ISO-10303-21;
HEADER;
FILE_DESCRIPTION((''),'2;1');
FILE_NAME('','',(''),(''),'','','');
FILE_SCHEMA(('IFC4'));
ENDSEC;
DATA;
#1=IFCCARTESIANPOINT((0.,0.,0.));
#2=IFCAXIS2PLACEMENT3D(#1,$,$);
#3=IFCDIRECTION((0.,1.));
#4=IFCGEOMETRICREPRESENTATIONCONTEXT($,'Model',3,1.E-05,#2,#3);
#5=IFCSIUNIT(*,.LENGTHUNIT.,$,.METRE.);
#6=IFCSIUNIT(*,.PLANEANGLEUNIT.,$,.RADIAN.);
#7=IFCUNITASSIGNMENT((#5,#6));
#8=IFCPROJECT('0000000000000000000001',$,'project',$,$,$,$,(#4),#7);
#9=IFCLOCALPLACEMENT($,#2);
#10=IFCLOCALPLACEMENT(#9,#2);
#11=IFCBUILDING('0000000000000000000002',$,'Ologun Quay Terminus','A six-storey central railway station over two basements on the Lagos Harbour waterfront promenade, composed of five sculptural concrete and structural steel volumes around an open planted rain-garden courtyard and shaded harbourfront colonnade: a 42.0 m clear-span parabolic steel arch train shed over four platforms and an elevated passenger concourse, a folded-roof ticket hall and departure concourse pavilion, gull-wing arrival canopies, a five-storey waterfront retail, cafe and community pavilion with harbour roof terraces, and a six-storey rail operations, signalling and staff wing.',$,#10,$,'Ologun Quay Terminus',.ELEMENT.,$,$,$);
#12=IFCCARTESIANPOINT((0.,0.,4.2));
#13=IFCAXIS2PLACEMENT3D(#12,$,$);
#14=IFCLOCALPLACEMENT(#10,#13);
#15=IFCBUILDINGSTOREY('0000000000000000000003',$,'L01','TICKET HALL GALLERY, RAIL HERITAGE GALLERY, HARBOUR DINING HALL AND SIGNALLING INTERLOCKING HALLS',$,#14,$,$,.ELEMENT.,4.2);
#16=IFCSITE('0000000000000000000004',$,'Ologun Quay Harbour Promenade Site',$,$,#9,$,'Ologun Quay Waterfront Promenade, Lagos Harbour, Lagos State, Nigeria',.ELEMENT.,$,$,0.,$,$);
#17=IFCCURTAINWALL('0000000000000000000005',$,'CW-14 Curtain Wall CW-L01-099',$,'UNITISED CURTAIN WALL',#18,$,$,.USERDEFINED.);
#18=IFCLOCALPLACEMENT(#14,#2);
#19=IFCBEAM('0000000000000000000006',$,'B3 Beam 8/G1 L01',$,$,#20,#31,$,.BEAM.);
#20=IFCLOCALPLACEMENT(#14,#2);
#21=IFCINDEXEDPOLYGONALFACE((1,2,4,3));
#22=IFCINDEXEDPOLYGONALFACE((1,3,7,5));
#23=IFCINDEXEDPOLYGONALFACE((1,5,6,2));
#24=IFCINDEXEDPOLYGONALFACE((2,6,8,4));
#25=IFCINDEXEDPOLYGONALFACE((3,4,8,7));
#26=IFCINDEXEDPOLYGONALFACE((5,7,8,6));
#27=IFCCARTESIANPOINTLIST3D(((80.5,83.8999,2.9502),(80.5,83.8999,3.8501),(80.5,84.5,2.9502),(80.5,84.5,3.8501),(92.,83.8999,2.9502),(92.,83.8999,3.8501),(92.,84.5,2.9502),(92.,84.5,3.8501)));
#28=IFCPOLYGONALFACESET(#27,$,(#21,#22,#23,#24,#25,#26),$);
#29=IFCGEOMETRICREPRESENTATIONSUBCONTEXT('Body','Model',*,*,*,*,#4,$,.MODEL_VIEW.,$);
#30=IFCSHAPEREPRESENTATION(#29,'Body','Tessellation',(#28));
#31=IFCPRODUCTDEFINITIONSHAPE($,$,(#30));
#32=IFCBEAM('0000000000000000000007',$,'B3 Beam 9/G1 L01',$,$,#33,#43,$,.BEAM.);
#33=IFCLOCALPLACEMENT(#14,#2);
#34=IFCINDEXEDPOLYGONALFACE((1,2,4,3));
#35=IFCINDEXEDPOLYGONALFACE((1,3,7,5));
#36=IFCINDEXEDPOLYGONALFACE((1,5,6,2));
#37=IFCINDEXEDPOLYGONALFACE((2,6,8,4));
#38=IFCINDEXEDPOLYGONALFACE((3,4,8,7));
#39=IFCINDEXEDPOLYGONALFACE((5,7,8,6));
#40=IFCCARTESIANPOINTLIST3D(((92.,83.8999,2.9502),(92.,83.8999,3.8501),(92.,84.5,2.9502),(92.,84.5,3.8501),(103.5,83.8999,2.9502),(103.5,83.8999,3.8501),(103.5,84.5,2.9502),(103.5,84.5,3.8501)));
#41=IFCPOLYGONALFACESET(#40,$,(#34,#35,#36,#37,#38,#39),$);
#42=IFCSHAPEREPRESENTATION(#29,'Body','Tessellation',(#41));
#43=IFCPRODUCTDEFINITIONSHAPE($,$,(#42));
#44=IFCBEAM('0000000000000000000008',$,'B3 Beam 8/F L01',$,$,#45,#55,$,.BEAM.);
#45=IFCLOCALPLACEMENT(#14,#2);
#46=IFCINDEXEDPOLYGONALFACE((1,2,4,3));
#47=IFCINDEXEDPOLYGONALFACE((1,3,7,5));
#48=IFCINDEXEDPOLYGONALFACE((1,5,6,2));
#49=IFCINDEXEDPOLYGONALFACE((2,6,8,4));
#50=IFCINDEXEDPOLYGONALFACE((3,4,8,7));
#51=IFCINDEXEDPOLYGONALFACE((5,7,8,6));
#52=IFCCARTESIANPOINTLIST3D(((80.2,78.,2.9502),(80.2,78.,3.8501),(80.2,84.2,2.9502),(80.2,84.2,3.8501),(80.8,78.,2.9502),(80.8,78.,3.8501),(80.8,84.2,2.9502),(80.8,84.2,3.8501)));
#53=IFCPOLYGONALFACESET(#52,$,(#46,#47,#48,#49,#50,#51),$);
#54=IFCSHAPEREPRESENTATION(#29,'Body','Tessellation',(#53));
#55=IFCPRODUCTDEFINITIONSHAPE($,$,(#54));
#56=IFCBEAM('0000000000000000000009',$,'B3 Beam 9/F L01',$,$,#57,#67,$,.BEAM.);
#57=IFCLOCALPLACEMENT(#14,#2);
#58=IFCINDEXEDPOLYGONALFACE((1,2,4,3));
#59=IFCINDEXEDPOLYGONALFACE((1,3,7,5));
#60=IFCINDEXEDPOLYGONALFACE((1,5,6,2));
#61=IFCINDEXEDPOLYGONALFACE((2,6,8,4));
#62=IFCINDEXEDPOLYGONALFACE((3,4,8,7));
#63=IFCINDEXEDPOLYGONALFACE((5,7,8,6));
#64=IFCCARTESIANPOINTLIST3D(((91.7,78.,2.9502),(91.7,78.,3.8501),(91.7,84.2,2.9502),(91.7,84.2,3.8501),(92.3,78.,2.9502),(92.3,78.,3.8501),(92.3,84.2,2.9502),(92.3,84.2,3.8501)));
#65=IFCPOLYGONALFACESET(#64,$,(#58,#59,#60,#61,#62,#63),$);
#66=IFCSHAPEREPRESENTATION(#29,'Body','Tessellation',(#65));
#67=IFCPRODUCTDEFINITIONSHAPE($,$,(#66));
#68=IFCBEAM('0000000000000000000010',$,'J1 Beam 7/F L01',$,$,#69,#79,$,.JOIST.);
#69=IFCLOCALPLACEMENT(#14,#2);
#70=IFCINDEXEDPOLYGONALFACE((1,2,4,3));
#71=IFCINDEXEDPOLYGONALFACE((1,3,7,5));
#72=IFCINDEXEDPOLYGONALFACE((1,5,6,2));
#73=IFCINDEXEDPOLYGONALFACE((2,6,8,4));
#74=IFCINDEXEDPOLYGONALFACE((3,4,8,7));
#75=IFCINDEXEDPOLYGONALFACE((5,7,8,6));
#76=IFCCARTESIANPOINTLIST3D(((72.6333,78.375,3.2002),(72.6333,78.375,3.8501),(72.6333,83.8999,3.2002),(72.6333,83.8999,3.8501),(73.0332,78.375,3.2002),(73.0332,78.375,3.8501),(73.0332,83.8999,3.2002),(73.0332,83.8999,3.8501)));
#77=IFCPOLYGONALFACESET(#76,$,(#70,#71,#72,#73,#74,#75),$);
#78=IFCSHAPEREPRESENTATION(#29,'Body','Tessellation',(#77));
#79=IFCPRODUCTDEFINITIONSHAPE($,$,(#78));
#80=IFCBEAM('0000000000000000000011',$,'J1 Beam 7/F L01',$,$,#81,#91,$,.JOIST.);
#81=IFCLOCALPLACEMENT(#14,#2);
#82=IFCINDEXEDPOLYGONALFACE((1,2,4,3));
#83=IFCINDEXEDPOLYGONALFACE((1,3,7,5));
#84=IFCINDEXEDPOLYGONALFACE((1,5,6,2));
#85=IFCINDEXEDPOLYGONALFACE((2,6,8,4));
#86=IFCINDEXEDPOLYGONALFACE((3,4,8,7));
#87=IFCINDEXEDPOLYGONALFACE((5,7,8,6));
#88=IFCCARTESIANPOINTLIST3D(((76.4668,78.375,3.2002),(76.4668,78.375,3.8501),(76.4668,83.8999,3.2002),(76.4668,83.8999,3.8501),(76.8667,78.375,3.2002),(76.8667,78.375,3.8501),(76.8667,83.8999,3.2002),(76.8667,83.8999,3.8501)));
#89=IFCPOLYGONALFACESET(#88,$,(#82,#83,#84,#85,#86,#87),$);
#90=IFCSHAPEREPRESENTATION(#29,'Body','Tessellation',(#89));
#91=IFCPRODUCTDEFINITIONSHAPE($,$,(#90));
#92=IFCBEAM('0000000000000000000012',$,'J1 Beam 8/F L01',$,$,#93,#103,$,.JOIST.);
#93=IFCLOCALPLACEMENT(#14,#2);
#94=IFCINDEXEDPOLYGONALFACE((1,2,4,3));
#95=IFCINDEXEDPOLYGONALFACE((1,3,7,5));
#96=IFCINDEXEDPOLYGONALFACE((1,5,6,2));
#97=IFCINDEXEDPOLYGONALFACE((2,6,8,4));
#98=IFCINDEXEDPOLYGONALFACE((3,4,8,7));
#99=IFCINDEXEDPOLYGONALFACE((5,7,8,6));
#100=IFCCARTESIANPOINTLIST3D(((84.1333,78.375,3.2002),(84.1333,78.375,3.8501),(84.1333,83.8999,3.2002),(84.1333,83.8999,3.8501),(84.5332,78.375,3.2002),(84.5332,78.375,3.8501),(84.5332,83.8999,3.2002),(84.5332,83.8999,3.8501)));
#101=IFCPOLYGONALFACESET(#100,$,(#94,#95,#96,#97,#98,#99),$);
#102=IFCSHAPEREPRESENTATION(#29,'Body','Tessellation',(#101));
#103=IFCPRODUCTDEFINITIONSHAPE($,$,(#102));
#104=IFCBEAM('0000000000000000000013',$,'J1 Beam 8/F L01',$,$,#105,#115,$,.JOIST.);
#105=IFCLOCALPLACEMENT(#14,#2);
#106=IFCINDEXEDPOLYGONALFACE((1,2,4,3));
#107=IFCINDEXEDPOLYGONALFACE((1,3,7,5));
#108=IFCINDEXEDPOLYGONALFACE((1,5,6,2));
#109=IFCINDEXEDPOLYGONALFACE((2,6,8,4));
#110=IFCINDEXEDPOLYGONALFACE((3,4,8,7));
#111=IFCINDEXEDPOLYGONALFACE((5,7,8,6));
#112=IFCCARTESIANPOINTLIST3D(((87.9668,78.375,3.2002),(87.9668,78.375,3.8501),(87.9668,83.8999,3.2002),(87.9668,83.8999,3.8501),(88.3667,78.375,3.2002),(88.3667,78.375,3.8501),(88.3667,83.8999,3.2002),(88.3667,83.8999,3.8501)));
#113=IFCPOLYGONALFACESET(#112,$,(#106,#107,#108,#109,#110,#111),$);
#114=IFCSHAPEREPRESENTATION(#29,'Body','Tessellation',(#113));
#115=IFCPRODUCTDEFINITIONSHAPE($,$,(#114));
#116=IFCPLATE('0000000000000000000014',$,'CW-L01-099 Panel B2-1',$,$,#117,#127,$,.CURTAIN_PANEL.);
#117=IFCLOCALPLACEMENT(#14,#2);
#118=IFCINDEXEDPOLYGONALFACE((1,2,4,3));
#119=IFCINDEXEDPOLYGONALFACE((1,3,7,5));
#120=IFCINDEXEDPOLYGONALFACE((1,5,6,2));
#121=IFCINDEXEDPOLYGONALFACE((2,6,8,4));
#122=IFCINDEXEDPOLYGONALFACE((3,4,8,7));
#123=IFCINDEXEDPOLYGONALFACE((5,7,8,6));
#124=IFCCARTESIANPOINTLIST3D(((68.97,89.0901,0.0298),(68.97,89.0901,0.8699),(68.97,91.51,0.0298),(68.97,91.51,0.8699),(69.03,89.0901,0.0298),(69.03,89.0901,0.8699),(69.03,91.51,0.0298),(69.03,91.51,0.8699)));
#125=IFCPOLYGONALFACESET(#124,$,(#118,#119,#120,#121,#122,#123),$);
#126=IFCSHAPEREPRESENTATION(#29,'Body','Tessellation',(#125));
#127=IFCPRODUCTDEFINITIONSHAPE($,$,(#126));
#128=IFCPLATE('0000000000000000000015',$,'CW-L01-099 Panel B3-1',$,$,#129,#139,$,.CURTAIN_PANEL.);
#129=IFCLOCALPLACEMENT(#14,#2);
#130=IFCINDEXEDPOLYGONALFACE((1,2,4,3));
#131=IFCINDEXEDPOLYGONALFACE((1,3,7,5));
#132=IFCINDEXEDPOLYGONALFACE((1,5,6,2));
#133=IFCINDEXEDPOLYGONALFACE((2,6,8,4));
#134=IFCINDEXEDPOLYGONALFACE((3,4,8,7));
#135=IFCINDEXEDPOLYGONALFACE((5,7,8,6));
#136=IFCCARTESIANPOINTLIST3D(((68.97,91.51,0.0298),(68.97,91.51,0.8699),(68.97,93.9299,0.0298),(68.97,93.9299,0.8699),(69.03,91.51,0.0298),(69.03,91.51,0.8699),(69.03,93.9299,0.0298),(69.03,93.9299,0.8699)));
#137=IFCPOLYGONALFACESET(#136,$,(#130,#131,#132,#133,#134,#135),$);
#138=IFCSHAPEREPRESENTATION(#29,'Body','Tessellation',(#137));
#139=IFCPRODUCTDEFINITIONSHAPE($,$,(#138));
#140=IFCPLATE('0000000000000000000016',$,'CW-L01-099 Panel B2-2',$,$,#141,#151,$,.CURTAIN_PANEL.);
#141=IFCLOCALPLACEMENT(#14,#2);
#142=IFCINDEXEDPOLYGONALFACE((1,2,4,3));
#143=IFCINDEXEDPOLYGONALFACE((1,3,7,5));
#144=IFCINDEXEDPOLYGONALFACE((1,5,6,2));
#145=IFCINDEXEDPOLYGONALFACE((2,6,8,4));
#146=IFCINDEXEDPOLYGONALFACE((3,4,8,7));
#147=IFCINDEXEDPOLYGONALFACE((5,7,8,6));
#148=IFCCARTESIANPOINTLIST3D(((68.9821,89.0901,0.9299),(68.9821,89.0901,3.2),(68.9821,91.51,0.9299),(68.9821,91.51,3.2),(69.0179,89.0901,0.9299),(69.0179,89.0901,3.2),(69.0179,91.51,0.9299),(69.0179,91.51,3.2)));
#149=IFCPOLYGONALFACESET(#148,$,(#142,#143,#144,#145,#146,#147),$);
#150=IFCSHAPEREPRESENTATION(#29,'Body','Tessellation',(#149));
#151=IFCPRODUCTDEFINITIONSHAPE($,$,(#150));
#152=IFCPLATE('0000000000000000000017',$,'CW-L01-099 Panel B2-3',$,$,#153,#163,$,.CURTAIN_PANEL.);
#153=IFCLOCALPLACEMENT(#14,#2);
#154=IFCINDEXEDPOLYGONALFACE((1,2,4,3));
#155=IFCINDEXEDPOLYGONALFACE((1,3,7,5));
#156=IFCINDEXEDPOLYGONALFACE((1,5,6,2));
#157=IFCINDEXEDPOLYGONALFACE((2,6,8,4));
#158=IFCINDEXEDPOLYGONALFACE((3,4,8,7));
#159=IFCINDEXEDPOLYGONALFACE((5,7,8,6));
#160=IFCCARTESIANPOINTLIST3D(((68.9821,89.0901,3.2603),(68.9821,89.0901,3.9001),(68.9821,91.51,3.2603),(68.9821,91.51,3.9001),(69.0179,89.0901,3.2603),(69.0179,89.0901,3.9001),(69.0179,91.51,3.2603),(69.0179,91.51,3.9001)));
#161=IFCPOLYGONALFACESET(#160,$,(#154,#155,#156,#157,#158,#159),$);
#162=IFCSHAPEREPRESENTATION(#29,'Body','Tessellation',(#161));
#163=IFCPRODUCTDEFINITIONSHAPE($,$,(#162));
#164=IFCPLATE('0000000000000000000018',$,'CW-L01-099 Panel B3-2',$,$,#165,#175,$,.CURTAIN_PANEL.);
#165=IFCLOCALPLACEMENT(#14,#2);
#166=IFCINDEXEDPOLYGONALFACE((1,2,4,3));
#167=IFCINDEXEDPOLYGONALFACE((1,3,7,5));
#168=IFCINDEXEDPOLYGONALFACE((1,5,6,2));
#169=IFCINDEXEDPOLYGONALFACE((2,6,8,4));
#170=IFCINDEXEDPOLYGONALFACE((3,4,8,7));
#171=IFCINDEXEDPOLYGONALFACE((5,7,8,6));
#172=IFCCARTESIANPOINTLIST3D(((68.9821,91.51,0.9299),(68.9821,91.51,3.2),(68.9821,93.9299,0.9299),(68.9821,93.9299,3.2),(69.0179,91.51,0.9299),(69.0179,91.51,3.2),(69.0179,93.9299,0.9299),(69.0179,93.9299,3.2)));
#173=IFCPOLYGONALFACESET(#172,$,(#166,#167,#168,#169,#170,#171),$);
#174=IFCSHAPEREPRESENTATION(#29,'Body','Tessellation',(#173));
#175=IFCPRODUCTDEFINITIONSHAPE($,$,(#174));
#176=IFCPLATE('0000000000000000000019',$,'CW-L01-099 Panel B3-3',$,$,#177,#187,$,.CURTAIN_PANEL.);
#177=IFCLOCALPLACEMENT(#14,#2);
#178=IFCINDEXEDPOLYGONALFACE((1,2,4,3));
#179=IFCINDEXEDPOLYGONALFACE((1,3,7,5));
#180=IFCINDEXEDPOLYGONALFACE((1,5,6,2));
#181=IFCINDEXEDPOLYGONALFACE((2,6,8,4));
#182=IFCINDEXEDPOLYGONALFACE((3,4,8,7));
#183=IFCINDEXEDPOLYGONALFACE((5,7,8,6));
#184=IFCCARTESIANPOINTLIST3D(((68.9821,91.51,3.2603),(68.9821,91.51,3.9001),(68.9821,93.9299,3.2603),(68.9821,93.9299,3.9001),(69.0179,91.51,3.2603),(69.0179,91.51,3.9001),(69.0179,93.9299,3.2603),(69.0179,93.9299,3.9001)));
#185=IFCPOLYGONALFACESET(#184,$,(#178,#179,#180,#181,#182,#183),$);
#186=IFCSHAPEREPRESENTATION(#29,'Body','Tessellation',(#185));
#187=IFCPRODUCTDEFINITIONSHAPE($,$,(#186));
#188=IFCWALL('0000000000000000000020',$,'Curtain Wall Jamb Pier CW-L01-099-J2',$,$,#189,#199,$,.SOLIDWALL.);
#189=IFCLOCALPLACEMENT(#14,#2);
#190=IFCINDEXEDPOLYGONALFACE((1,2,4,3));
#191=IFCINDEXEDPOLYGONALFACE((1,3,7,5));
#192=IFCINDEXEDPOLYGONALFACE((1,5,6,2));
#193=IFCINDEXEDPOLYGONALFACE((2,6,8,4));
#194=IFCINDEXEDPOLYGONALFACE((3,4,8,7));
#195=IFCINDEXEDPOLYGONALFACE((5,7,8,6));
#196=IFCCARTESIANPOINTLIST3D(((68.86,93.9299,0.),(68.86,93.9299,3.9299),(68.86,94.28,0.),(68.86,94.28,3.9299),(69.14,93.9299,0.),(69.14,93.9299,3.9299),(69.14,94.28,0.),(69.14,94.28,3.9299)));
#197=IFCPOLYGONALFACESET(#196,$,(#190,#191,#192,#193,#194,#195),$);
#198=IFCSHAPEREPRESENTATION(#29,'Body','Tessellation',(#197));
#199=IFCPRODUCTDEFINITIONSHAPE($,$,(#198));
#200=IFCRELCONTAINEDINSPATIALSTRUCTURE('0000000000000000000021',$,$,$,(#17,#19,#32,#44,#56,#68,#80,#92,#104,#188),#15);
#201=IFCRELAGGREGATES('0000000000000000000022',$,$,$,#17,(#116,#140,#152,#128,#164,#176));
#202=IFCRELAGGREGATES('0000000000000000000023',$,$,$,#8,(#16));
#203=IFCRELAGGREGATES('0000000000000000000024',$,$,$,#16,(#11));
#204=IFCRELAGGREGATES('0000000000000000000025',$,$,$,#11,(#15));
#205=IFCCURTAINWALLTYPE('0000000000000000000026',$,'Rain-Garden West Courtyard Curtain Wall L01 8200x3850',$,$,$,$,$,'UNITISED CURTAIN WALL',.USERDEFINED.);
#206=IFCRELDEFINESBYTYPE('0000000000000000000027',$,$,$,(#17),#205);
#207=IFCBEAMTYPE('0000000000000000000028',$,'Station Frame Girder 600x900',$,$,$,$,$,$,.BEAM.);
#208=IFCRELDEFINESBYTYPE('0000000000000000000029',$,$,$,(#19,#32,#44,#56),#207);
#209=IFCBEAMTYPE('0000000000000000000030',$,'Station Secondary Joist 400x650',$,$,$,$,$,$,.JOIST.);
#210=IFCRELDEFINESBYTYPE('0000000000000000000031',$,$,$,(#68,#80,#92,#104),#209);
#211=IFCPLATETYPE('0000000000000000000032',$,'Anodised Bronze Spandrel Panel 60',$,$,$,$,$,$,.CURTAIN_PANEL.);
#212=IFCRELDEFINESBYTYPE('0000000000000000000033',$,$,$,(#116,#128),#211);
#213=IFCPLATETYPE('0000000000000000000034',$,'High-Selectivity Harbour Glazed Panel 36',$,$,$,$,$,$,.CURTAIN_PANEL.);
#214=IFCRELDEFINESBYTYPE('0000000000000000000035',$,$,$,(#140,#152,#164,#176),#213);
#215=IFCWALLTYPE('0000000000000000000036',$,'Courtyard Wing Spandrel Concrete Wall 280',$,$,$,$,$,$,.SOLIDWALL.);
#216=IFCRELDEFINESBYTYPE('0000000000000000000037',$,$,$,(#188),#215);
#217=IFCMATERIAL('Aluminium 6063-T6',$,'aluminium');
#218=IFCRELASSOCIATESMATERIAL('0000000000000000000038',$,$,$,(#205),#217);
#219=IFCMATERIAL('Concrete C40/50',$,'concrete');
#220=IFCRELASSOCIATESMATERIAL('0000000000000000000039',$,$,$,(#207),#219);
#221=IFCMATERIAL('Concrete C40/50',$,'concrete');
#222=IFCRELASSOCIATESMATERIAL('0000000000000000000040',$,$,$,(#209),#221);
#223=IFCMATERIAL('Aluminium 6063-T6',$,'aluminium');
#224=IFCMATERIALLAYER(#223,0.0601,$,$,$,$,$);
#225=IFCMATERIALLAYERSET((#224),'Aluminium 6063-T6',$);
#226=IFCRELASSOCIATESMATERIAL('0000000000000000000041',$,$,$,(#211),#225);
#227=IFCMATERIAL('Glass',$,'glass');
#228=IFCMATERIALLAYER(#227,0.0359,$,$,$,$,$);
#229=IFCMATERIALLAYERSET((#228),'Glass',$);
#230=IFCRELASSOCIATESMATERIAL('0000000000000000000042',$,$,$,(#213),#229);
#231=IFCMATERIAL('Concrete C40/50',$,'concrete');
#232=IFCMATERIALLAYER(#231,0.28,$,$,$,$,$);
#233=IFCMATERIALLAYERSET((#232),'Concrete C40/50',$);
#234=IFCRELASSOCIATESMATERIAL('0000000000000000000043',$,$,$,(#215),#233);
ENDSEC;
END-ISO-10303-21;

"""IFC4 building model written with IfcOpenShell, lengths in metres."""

from ifc_helpers import new_model, si_unit, direction, frame, frame_2d, origin, origin_2d, place, context, subcontext, project, spatial, rectangle, extrude, material, layer, layer_set, material_profile, profile_set, type_object, element, aggregate, save


model = new_model("IFC4")

# Units and contexts
model_context = context("Model", 3, precision=1e-05, world=origin(), true_north=direction((0.0, 1.0)))
body_context = subcontext(model_context, "Body", "Model", "MODEL_VIEW")
ifc_project = project(units=[si_unit("LENGTHUNIT", "METRE"), si_unit("PLANEANGLEUNIT", "RADIAN")], contexts=[model_context])

# Site, building, storey
site_placement = place(None, origin())
site = spatial("IfcSite", under=ifc_project, at=site_placement, Name="Ologun Quay Harbour Promenade Site", LongName="Ologun Quay Waterfront Promenade, Lagos Harbour, Lagos State, Nigeria", CompositionType="ELEMENT", RefElevation=0.0)
building_placement = place(site_placement, origin())
building = spatial("IfcBuilding", under=site, at=building_placement, Name="Ologun Quay Terminus", Description="A six-storey central railway station over two basements on the Lagos Harbour waterfront promenade, composed of five sculptural concrete and structural steel volumes around an open planted rain-garden courtyard and shaded harbourfront colonnade: a 42.0 m clear-span parabolic steel arch train shed over four platforms and an elevated passenger concourse, a folded-roof ticket hall and departure concourse pavilion, gull-wing arrival canopies, a five-storey waterfront retail, cafe and community pavilion with harbour roof terraces, and a six-storey rail operations, signalling and staff wing.", LongName="Ologun Quay Terminus", CompositionType="ELEMENT")
storey_placement = place(building_placement, frame((0.0, 0.0, 4.2)))
storey = spatial("IfcBuildingStorey", under=building, at=storey_placement, Name="L01", Description="TICKET HALL GALLERY, RAIL HERITAGE GALLERY, HARBOUR DINING HALL AND SIGNALLING INTERLOCKING HALLS", CompositionType="ELEMENT", Elevation=4.2)

# Curtain wall
ifc_material_1 = material(Name="Aluminium 6063-T6", Category="aluminium")
curtain_wall_type = type_object("IfcCurtainWallType", Name="Rain-Garden West Courtyard Curtain Wall L01 8200x3850", ElementType="UNITISED CURTAIN WALL", PredefinedType="USERDEFINED", material=ifc_material_1)
curtain_wall_placement = place(storey_placement, origin())
curtain_wall = element("IfcCurtainWall", 1, at=curtain_wall_placement, inside=storey, type_object=curtain_wall_type, Name="CW-14 Curtain Wall CW-L01-099", ObjectType="UNITISED CURTAIN WALL", PredefinedType="USERDEFINED")

# Beams
ifc_material_2 = material(Name="Concrete C40/50", Category="concrete")
ifc_material_profile_1 = material_profile(ifc_material_2, rectangle(XDim=0.6001, YDim=0.8999, at=origin_2d()), Name="RC 600x900")
ifc_profile_set_1 = profile_set([ifc_material_profile_1], Name="Concrete C40/50")
beam_type_1 = type_object("IfcBeamType", Name="Station Frame Girder 600x900", PredefinedType="BEAM", material=ifc_profile_set_1)
for number, where, z_axis, x_axis, name in (
    (2, (80.5, 84.2, 3.4001), (1.0, 0.0, 0.0), (0.0, 1.0, 0.0), "B3 Beam 8/G1 L01"),
    (3, (92.0, 84.2, 3.4001), (1.0, 0.0, 0.0), (0.0, 1.0, 0.0), "B3 Beam 9/G1 L01"),
):
    element("IfcBeam", number, at=place(storey_placement, frame(where, z_axis=z_axis, x_axis=x_axis)), inside=storey, type_object=beam_type_1, Name=name, PredefinedType="BEAM", context=body_context, shape_type="SweptSolid", body=[
        extrude(rectangle(XDim=0.6001, YDim=0.8999, at=origin_2d()), origin(), (0.0, 0.0, 1.0), 11.5),
    ])
for number, where, z_axis, x_axis, name in (
    (4, (80.5, 78.0, 3.4001), (0.0, 1.0, 0.0), (-1.0, 0.0, 0.0), "B3 Beam 8/F L01"),
    (5, (92.0, 78.0, 3.4001), (0.0, 1.0, 0.0), (-1.0, 0.0, 0.0), "B3 Beam 9/F L01"),
):
    element("IfcBeam", number, at=place(storey_placement, frame(where, z_axis=z_axis, x_axis=x_axis)), inside=storey, type_object=beam_type_1, Name=name, PredefinedType="BEAM", context=body_context, shape_type="SweptSolid", body=[
        extrude(rectangle(XDim=0.6001, YDim=0.8999, at=origin_2d()), origin(), (0.0, 0.0, 1.0), 6.2),
    ])
ifc_material_3 = material(Name="Concrete C40/50", Category="concrete")
ifc_material_profile_2 = material_profile(ifc_material_3, rectangle(XDim=0.3999, YDim=0.6499, at=origin_2d()), Name="RC 400x650")
ifc_profile_set_2 = profile_set([ifc_material_profile_2], Name="Concrete C40/50")
beam_type_2 = type_object("IfcBeamType", Name="Station Secondary Joist 400x650", PredefinedType="JOIST", material=ifc_profile_set_2)
for number, where, z_axis, x_axis, name in (
    (6, (72.8333, 78.375, 3.5251), (0.0, 1.0, 0.0), (-1.0, 0.0, 0.0), "J1 Beam 7/F L01"),
    (7, (76.6667, 78.375, 3.5251), (0.0, 1.0, 0.0), (-1.0, 0.0, 0.0), "J1 Beam 7/F L01"),
    (8, (84.3333, 78.375, 3.5251), (0.0, 1.0, 0.0), (-1.0, 0.0, 0.0), "J1 Beam 8/F L01"),
    (9, (88.1667, 78.375, 3.5251), (0.0, 1.0, 0.0), (-1.0, 0.0, 0.0), "J1 Beam 8/F L01"),
):
    element("IfcBeam", number, at=place(storey_placement, frame(where, z_axis=z_axis, x_axis=x_axis)), inside=storey, type_object=beam_type_2, Name=name, PredefinedType="JOIST", context=body_context, shape_type="SweptSolid", body=[
        extrude(rectangle(XDim=0.3999, YDim=0.6499, at=origin_2d()), origin(), (0.0, 0.0, 1.0), 5.5249),
    ])

# Plates
ifc_material_4 = material(Name="Aluminium 6063-T6", Category="aluminium")
ifc_layer_1 = layer(ifc_material_4, 0.0601)
ifc_layer_set_1 = layer_set([ifc_layer_1], Name="Aluminium 6063-T6")
plate_type_1 = type_object("IfcPlateType", Name="Anodised Bronze Spandrel Panel 60", PredefinedType="CURTAIN_PANEL", material=ifc_layer_set_1)
plate_1_placement = place(storey_placement, frame((69.0, 90.3, 0.0298), z_axis=(0.0, 0.0, 1.0), x_axis=(0.0, 1.0, 0.0)))
plate_1 = element("IfcPlate", 10, at=plate_1_placement, type_object=plate_type_1, Name="CW-L01-099 Panel B2-1", PredefinedType="CURTAIN_PANEL", context=body_context, shape_type="SweptSolid", body=[
    extrude(rectangle(XDim=2.4199, YDim=0.0601, at=origin_2d()), origin(), (0.0, 0.0, 1.0), 0.8401),
])
plate_2_placement = place(storey_placement, frame((69.0, 92.72, 0.0298), z_axis=(0.0, 0.0, 1.0), x_axis=(0.0, 1.0, 0.0)))
plate_2 = element("IfcPlate", 11, at=plate_2_placement, type_object=plate_type_1, Name="CW-L01-099 Panel B3-1", PredefinedType="CURTAIN_PANEL", context=body_context, shape_type="SweptSolid", body=[
    extrude(rectangle(XDim=2.4199, YDim=0.0601, at=origin_2d()), origin(), (0.0, 0.0, 1.0), 0.8401),
])
ifc_material_5 = material(Name="Glass", Category="glass")
ifc_layer_2 = layer(ifc_material_5, 0.0359)
ifc_layer_set_2 = layer_set([ifc_layer_2], Name="Glass")
plate_type_2 = type_object("IfcPlateType", Name="High-Selectivity Harbour Glazed Panel 36", PredefinedType="CURTAIN_PANEL", material=ifc_layer_set_2)
plate_3_placement = place(storey_placement, frame((69.0, 90.3, 0.9299), z_axis=(0.0, 0.0, 1.0), x_axis=(0.0, 1.0, 0.0)))
plate_3 = element("IfcPlate", 12, at=plate_3_placement, type_object=plate_type_2, Name="CW-L01-099 Panel B2-2", PredefinedType="CURTAIN_PANEL", context=body_context, shape_type="SweptSolid", body=[
    extrude(rectangle(XDim=2.4199, YDim=0.0359, at=origin_2d()), origin(), (0.0, 0.0, 1.0), 2.27),
])
plate_4_placement = place(storey_placement, frame((69.0, 90.3, 3.2603), z_axis=(0.0, 0.0, 1.0), x_axis=(0.0, 1.0, 0.0)))
plate_4 = element("IfcPlate", 13, at=plate_4_placement, type_object=plate_type_2, Name="CW-L01-099 Panel B2-3", PredefinedType="CURTAIN_PANEL", context=body_context, shape_type="SweptSolid", body=[
    extrude(rectangle(XDim=2.4199, YDim=0.0359, at=origin_2d()), origin(), (0.0, 0.0, 1.0), 0.6399),
])
plate_5_placement = place(storey_placement, frame((69.0, 92.72, 0.9299), z_axis=(0.0, 0.0, 1.0), x_axis=(0.0, 1.0, 0.0)))
plate_5 = element("IfcPlate", 14, at=plate_5_placement, type_object=plate_type_2, Name="CW-L01-099 Panel B3-2", PredefinedType="CURTAIN_PANEL", context=body_context, shape_type="SweptSolid", body=[
    extrude(rectangle(XDim=2.4199, YDim=0.0359, at=origin_2d()), origin(), (0.0, 0.0, 1.0), 2.27),
])
plate_6_placement = place(storey_placement, frame((69.0, 92.72, 3.2603), z_axis=(0.0, 0.0, 1.0), x_axis=(0.0, 1.0, 0.0)))
plate_6 = element("IfcPlate", 15, at=plate_6_placement, type_object=plate_type_2, Name="CW-L01-099 Panel B3-3", PredefinedType="CURTAIN_PANEL", context=body_context, shape_type="SweptSolid", body=[
    extrude(rectangle(XDim=2.4199, YDim=0.0359, at=origin_2d()), origin(), (0.0, 0.0, 1.0), 0.6399),
])
aggregate(curtain_wall, [plate_1, plate_3, plate_4, plate_2, plate_5, plate_6])

# Wall
ifc_material_6 = material(Name="Concrete C40/50", Category="concrete")
ifc_layer_3 = layer(ifc_material_6, 0.28)
ifc_layer_set_3 = layer_set([ifc_layer_3], Name="Concrete C40/50")
wall_type = type_object("IfcWallType", Name="Courtyard Wing Spandrel Concrete Wall 280", PredefinedType="SOLIDWALL", material=ifc_layer_set_3)
wall_placement = place(storey_placement, frame((69.0, 93.9299, 0.0), z_axis=(0.0, 0.0, 1.0), x_axis=(0.0, 1.0, 0.0)))
element("IfcWall", 16, at=wall_placement, inside=storey, type_object=wall_type, Name="Curtain Wall Jamb Pier CW-L01-099-J2", PredefinedType="SOLIDWALL", context=body_context, shape_type="SweptSolid", body=[
    extrude(rectangle(XDim=0.3501, YDim=0.28, at=frame_2d((0.175, 0.0))), origin(), (0.0, 0.0, 1.0), 3.9299),
])

save(model, "model.ifc")
